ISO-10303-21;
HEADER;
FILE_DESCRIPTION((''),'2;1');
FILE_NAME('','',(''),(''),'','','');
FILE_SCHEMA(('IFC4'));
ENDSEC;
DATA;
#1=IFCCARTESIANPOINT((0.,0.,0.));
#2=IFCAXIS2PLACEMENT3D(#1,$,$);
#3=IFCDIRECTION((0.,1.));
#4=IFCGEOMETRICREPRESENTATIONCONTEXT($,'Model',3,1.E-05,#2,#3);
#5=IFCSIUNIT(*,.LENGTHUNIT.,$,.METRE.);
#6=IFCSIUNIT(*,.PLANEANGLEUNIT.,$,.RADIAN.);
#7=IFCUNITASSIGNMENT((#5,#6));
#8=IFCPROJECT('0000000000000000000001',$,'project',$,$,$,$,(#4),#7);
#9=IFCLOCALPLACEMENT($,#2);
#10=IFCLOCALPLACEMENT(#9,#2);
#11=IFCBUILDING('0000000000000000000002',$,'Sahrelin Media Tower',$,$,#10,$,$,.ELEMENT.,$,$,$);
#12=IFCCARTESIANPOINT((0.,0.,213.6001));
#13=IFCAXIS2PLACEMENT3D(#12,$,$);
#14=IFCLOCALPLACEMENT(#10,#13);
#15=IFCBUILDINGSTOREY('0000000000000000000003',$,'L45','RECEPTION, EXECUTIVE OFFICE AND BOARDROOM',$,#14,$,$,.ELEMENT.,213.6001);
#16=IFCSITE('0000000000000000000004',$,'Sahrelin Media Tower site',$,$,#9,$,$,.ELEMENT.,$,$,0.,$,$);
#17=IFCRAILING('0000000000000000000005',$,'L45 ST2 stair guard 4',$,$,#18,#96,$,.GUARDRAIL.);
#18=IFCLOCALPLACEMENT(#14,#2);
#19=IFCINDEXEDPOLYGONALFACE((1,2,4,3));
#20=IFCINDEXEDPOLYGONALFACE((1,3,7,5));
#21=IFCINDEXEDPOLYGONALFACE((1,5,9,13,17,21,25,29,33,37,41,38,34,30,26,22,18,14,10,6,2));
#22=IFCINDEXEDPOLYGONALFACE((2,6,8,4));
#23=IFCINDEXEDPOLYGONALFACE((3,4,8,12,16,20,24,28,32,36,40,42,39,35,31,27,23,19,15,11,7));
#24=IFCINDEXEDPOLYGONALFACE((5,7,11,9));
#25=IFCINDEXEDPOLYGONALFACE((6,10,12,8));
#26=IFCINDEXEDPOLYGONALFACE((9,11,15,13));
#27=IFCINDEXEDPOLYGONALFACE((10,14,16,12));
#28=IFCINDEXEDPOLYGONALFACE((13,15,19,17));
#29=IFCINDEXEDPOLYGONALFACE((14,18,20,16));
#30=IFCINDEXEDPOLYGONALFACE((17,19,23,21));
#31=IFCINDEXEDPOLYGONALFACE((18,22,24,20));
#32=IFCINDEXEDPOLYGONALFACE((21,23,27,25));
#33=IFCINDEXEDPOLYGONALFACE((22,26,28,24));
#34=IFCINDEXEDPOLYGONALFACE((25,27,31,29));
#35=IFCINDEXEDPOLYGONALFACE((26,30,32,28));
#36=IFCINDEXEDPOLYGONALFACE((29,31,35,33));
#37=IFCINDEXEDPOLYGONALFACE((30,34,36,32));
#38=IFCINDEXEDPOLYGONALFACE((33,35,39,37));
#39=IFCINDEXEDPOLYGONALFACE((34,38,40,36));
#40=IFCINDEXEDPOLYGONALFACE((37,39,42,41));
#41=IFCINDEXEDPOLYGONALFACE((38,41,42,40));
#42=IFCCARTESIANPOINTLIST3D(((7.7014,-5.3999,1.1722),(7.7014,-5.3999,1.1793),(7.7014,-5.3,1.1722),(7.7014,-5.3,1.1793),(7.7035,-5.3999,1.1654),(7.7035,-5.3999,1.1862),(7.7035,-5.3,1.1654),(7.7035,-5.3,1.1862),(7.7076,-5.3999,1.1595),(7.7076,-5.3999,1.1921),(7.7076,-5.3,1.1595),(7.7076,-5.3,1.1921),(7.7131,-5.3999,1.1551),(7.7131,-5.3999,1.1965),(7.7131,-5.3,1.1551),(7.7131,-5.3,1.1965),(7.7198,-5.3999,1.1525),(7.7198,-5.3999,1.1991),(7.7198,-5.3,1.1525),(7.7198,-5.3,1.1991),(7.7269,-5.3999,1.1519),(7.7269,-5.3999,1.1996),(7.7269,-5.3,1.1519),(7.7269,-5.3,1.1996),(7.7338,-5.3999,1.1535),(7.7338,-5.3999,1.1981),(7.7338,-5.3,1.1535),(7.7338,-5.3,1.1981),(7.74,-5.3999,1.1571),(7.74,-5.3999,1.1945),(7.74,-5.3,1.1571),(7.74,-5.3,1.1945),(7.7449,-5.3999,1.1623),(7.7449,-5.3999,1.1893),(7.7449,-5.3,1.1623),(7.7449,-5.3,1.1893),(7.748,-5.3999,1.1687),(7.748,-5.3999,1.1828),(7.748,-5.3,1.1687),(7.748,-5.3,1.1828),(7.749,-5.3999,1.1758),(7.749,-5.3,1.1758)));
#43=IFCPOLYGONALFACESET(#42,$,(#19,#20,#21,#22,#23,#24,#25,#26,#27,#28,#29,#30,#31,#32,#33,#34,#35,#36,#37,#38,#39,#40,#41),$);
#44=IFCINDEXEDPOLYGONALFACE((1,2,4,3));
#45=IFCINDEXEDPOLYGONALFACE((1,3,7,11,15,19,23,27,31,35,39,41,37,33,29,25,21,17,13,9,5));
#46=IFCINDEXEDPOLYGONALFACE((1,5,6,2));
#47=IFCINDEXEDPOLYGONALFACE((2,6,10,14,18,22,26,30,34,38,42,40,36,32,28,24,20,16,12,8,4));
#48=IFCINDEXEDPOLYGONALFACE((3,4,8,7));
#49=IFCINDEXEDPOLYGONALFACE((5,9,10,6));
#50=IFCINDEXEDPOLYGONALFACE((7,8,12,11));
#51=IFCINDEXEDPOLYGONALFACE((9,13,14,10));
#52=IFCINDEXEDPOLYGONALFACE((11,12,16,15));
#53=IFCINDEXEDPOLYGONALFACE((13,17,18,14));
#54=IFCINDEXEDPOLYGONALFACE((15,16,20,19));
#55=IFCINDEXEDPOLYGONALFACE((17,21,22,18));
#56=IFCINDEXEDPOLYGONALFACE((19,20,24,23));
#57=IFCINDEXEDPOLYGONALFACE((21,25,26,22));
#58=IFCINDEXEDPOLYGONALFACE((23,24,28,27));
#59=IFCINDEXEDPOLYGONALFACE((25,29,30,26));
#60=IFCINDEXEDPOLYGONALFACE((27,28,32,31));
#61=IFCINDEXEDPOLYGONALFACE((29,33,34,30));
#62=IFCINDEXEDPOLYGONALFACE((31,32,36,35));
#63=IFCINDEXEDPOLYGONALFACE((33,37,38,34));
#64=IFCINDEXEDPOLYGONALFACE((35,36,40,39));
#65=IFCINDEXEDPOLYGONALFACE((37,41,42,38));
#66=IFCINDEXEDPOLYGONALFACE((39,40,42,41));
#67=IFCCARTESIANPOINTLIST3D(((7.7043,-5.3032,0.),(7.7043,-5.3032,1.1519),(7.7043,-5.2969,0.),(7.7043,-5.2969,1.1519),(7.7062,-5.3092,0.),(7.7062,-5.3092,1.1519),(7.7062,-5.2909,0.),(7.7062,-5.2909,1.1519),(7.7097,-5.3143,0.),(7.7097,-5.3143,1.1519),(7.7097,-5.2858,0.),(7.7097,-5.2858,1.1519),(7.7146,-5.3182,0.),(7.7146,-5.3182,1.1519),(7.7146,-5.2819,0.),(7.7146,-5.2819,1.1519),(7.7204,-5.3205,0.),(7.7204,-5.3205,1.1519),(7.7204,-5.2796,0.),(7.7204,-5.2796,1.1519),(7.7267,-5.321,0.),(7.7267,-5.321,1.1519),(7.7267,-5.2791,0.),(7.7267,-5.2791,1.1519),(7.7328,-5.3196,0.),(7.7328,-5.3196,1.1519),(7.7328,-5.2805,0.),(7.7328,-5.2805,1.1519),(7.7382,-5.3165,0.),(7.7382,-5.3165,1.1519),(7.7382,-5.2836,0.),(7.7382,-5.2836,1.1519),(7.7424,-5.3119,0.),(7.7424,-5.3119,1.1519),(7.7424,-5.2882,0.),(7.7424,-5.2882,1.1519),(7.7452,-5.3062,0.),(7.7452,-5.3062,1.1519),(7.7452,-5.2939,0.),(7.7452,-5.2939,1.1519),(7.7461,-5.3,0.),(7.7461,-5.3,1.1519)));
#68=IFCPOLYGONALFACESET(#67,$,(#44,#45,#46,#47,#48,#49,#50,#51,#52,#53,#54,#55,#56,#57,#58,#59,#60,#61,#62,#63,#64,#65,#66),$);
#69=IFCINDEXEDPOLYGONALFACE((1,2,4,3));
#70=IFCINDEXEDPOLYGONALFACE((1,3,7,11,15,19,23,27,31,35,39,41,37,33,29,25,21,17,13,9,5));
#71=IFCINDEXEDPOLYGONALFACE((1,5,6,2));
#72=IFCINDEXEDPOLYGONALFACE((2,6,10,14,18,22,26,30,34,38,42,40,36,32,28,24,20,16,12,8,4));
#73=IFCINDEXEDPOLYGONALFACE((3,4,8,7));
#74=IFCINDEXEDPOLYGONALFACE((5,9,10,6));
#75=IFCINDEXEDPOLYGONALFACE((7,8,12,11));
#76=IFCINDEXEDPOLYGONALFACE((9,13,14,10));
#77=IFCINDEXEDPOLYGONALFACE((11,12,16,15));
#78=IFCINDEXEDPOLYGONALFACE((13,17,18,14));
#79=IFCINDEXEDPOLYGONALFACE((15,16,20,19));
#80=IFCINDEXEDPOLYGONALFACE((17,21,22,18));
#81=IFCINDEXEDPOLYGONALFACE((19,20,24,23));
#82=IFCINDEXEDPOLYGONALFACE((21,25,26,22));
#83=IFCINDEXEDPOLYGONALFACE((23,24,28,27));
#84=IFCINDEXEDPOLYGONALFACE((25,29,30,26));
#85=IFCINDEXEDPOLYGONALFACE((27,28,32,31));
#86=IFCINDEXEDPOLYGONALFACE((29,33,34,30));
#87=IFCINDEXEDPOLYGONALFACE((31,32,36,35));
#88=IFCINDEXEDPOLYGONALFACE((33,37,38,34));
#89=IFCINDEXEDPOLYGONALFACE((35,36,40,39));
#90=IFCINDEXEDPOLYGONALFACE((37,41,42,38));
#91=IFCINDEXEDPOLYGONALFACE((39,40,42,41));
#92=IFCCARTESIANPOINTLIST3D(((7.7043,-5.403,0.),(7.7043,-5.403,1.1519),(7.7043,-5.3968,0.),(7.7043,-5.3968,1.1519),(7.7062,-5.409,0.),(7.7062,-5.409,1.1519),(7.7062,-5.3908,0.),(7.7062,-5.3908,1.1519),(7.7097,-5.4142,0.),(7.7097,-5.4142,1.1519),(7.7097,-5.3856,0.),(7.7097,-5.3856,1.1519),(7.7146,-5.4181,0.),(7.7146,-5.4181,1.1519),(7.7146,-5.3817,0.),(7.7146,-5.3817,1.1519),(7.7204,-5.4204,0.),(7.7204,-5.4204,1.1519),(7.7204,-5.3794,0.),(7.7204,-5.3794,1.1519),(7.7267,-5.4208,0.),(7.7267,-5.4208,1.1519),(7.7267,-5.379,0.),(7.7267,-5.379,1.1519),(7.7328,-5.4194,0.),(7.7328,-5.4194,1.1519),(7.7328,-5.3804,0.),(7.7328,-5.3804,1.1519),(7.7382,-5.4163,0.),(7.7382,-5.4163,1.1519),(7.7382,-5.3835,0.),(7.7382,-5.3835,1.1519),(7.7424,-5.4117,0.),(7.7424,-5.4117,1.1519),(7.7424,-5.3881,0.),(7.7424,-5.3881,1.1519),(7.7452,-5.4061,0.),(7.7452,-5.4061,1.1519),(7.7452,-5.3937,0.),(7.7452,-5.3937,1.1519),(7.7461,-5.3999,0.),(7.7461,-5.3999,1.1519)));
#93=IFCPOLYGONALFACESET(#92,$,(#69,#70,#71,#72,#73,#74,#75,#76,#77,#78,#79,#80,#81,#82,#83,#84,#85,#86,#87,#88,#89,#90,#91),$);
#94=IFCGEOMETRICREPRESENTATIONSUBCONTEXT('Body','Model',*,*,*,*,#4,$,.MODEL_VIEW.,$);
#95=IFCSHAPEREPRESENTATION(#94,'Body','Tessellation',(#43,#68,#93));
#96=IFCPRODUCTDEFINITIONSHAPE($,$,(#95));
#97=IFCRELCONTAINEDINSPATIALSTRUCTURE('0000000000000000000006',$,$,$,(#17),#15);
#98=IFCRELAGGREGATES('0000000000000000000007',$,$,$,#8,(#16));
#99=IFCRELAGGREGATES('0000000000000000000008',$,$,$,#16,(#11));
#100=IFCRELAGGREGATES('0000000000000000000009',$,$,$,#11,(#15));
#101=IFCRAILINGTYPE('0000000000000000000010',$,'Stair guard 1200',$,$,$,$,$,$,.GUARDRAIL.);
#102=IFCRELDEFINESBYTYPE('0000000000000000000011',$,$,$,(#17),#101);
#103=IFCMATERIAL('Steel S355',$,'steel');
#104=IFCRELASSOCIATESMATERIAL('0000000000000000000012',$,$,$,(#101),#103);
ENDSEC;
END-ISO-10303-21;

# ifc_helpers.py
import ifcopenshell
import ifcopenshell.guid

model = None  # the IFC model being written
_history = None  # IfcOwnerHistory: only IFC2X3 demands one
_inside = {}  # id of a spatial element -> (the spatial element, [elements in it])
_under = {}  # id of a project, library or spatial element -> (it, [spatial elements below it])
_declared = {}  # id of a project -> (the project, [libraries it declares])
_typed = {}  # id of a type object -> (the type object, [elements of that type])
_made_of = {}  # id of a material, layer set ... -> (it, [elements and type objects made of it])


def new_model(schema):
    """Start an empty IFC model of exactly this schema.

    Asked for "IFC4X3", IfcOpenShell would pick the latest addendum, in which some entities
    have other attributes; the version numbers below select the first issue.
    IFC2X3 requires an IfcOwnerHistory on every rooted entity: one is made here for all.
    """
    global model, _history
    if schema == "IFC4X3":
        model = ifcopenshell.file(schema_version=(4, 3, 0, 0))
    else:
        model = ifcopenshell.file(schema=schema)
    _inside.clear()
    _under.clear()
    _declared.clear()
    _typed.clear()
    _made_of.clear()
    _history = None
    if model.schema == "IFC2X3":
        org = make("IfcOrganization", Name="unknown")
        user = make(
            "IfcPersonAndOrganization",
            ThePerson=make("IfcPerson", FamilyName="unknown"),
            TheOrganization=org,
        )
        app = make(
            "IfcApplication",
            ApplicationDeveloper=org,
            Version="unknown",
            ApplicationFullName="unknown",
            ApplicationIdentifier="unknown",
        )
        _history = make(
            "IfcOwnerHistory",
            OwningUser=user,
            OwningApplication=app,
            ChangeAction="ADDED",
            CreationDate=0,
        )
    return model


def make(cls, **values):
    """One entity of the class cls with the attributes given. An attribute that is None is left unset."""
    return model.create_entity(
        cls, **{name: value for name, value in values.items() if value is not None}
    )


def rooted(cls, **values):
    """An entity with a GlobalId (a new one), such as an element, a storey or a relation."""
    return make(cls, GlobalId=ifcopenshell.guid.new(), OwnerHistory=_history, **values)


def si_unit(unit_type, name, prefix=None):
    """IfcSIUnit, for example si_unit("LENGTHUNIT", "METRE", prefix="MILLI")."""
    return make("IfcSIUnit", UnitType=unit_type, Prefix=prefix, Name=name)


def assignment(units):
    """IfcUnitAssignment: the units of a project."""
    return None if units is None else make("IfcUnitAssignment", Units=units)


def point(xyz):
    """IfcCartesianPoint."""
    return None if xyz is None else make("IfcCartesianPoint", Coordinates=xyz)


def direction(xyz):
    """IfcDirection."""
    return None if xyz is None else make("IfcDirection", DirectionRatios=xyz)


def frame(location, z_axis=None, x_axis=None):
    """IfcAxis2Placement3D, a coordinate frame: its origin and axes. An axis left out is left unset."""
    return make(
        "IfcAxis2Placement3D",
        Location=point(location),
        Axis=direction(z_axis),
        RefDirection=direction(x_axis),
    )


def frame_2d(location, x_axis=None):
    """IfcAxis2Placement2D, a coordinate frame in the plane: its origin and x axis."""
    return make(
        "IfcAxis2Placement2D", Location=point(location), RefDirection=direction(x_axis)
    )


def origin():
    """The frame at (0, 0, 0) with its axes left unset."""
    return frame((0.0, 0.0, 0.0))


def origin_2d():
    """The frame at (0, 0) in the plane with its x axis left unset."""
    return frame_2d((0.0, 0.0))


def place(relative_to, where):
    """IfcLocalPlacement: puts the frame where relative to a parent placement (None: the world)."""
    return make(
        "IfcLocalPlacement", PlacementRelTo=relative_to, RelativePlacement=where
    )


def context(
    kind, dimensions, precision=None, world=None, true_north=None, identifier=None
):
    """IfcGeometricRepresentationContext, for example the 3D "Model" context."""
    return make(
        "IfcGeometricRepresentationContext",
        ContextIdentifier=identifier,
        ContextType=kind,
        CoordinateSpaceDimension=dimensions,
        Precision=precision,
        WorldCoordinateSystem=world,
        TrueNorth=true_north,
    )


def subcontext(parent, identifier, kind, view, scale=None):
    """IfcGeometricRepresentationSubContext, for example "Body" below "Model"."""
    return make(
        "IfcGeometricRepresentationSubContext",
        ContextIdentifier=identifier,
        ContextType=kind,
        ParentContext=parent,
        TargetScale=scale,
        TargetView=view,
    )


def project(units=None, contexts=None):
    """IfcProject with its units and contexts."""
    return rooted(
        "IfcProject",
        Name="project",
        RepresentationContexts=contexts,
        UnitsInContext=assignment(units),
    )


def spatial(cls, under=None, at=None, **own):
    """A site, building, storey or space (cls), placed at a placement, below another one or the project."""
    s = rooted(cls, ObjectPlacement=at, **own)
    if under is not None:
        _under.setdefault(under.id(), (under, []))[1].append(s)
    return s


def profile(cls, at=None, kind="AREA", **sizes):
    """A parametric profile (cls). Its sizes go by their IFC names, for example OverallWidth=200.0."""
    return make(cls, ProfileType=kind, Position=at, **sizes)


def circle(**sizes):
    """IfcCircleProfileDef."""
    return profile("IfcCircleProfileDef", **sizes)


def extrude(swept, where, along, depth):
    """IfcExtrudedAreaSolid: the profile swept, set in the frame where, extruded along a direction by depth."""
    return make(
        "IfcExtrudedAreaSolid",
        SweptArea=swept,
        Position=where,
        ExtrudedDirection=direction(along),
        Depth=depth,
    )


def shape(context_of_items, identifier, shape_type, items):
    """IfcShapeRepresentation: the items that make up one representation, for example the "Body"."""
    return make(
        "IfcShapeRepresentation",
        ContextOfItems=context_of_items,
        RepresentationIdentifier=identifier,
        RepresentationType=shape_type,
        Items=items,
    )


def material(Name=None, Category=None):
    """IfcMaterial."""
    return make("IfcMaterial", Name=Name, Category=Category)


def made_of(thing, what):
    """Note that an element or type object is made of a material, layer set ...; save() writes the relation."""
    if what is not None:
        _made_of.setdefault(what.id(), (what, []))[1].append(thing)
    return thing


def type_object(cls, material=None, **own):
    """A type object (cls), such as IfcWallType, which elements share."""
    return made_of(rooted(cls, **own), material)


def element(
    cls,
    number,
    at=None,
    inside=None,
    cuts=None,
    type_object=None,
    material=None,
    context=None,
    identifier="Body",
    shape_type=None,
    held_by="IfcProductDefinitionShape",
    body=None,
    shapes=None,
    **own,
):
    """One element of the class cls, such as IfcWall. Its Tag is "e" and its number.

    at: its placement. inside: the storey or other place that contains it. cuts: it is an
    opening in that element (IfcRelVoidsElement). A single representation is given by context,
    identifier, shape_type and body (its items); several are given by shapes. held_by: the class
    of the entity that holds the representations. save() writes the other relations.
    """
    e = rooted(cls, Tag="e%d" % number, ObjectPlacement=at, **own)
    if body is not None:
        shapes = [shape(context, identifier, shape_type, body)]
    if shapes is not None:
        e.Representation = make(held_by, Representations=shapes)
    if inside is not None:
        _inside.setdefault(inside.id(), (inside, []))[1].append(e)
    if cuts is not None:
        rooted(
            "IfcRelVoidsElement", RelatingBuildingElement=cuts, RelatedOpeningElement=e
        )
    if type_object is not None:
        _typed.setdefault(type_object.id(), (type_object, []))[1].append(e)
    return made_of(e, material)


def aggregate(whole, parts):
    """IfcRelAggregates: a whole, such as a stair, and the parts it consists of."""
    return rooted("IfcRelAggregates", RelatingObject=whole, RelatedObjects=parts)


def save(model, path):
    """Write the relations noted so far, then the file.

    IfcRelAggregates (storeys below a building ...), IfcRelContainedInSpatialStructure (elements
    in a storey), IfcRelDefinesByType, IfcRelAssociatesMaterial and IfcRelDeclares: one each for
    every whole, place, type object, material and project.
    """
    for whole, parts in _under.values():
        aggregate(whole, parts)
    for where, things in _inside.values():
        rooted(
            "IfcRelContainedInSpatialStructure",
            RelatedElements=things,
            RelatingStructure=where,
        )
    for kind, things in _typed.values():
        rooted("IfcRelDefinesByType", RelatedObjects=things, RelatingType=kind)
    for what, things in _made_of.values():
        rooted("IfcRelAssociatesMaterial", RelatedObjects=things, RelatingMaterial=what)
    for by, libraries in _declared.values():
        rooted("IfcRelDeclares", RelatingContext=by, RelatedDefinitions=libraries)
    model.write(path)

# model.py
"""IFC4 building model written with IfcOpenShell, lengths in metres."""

from ifc_helpers import new_model, si_unit, direction, frame, origin, origin_2d, place, context, subcontext, project, spatial, circle, extrude, material, type_object, element, save


model = new_model("IFC4")

# Units and contexts
model_context = context("Model", 3, precision=1e-05, world=origin(), true_north=direction((0.0, 1.0)))
body_context = subcontext(model_context, "Body", "Model", "MODEL_VIEW")
ifc_project = project(units=[si_unit("LENGTHUNIT", "METRE"), si_unit("PLANEANGLEUNIT", "RADIAN")], contexts=[model_context])

# Site, building, storey
site_placement = place(None, origin())
site = spatial("IfcSite", under=ifc_project, at=site_placement, Name="Sahrelin Media Tower site", CompositionType="ELEMENT", RefElevation=0.0)
building_placement = place(site_placement, origin())
building = spatial("IfcBuilding", under=site, at=building_placement, Name="Sahrelin Media Tower", CompositionType="ELEMENT")
storey_placement = place(building_placement, frame((0.0, 0.0, 213.6001)))
storey = spatial("IfcBuildingStorey", under=building, at=storey_placement, Name="L45", Description="RECEPTION, EXECUTIVE OFFICE AND BOARDROOM", CompositionType="ELEMENT", Elevation=213.6001)

# Shared definitions
ifc_material_1 = material(Name="Steel S355", Category="steel")

# Railing
railing_type_1 = type_object("IfcRailingType", Name="Stair guard 1200", PredefinedType="GUARDRAIL", material=ifc_material_1)
railing_1_placement = place(storey_placement, frame((7.7251, -5.3, 0.0)))
element("IfcRailing", 1, at=railing_1_placement, inside=storey, type_object=railing_type_1, Name="L45 ST2 stair guard 4", PredefinedType="GUARDRAIL", context=body_context, shape_type="SweptSolid", body=[
    extrude(circle(Radius=0.0239, at=origin_2d()), frame((0.0, 0.0, 1.1758), z_axis=(0.0, -1.0, 0.0), x_axis=(1.0, 0.0, 0.0)), (0.0, 0.0, 1.0), 0.0999),
    extrude(circle(Radius=0.021, at=origin_2d()), origin(), (0.0, 0.0, 1.0), 1.1519),
    extrude(circle(Radius=0.021, at=origin_2d()), frame((0.0, -0.0999, 0.0)), (0.0, 0.0, 1.0), 1.1519),
])

save(model, "model.ifc")
